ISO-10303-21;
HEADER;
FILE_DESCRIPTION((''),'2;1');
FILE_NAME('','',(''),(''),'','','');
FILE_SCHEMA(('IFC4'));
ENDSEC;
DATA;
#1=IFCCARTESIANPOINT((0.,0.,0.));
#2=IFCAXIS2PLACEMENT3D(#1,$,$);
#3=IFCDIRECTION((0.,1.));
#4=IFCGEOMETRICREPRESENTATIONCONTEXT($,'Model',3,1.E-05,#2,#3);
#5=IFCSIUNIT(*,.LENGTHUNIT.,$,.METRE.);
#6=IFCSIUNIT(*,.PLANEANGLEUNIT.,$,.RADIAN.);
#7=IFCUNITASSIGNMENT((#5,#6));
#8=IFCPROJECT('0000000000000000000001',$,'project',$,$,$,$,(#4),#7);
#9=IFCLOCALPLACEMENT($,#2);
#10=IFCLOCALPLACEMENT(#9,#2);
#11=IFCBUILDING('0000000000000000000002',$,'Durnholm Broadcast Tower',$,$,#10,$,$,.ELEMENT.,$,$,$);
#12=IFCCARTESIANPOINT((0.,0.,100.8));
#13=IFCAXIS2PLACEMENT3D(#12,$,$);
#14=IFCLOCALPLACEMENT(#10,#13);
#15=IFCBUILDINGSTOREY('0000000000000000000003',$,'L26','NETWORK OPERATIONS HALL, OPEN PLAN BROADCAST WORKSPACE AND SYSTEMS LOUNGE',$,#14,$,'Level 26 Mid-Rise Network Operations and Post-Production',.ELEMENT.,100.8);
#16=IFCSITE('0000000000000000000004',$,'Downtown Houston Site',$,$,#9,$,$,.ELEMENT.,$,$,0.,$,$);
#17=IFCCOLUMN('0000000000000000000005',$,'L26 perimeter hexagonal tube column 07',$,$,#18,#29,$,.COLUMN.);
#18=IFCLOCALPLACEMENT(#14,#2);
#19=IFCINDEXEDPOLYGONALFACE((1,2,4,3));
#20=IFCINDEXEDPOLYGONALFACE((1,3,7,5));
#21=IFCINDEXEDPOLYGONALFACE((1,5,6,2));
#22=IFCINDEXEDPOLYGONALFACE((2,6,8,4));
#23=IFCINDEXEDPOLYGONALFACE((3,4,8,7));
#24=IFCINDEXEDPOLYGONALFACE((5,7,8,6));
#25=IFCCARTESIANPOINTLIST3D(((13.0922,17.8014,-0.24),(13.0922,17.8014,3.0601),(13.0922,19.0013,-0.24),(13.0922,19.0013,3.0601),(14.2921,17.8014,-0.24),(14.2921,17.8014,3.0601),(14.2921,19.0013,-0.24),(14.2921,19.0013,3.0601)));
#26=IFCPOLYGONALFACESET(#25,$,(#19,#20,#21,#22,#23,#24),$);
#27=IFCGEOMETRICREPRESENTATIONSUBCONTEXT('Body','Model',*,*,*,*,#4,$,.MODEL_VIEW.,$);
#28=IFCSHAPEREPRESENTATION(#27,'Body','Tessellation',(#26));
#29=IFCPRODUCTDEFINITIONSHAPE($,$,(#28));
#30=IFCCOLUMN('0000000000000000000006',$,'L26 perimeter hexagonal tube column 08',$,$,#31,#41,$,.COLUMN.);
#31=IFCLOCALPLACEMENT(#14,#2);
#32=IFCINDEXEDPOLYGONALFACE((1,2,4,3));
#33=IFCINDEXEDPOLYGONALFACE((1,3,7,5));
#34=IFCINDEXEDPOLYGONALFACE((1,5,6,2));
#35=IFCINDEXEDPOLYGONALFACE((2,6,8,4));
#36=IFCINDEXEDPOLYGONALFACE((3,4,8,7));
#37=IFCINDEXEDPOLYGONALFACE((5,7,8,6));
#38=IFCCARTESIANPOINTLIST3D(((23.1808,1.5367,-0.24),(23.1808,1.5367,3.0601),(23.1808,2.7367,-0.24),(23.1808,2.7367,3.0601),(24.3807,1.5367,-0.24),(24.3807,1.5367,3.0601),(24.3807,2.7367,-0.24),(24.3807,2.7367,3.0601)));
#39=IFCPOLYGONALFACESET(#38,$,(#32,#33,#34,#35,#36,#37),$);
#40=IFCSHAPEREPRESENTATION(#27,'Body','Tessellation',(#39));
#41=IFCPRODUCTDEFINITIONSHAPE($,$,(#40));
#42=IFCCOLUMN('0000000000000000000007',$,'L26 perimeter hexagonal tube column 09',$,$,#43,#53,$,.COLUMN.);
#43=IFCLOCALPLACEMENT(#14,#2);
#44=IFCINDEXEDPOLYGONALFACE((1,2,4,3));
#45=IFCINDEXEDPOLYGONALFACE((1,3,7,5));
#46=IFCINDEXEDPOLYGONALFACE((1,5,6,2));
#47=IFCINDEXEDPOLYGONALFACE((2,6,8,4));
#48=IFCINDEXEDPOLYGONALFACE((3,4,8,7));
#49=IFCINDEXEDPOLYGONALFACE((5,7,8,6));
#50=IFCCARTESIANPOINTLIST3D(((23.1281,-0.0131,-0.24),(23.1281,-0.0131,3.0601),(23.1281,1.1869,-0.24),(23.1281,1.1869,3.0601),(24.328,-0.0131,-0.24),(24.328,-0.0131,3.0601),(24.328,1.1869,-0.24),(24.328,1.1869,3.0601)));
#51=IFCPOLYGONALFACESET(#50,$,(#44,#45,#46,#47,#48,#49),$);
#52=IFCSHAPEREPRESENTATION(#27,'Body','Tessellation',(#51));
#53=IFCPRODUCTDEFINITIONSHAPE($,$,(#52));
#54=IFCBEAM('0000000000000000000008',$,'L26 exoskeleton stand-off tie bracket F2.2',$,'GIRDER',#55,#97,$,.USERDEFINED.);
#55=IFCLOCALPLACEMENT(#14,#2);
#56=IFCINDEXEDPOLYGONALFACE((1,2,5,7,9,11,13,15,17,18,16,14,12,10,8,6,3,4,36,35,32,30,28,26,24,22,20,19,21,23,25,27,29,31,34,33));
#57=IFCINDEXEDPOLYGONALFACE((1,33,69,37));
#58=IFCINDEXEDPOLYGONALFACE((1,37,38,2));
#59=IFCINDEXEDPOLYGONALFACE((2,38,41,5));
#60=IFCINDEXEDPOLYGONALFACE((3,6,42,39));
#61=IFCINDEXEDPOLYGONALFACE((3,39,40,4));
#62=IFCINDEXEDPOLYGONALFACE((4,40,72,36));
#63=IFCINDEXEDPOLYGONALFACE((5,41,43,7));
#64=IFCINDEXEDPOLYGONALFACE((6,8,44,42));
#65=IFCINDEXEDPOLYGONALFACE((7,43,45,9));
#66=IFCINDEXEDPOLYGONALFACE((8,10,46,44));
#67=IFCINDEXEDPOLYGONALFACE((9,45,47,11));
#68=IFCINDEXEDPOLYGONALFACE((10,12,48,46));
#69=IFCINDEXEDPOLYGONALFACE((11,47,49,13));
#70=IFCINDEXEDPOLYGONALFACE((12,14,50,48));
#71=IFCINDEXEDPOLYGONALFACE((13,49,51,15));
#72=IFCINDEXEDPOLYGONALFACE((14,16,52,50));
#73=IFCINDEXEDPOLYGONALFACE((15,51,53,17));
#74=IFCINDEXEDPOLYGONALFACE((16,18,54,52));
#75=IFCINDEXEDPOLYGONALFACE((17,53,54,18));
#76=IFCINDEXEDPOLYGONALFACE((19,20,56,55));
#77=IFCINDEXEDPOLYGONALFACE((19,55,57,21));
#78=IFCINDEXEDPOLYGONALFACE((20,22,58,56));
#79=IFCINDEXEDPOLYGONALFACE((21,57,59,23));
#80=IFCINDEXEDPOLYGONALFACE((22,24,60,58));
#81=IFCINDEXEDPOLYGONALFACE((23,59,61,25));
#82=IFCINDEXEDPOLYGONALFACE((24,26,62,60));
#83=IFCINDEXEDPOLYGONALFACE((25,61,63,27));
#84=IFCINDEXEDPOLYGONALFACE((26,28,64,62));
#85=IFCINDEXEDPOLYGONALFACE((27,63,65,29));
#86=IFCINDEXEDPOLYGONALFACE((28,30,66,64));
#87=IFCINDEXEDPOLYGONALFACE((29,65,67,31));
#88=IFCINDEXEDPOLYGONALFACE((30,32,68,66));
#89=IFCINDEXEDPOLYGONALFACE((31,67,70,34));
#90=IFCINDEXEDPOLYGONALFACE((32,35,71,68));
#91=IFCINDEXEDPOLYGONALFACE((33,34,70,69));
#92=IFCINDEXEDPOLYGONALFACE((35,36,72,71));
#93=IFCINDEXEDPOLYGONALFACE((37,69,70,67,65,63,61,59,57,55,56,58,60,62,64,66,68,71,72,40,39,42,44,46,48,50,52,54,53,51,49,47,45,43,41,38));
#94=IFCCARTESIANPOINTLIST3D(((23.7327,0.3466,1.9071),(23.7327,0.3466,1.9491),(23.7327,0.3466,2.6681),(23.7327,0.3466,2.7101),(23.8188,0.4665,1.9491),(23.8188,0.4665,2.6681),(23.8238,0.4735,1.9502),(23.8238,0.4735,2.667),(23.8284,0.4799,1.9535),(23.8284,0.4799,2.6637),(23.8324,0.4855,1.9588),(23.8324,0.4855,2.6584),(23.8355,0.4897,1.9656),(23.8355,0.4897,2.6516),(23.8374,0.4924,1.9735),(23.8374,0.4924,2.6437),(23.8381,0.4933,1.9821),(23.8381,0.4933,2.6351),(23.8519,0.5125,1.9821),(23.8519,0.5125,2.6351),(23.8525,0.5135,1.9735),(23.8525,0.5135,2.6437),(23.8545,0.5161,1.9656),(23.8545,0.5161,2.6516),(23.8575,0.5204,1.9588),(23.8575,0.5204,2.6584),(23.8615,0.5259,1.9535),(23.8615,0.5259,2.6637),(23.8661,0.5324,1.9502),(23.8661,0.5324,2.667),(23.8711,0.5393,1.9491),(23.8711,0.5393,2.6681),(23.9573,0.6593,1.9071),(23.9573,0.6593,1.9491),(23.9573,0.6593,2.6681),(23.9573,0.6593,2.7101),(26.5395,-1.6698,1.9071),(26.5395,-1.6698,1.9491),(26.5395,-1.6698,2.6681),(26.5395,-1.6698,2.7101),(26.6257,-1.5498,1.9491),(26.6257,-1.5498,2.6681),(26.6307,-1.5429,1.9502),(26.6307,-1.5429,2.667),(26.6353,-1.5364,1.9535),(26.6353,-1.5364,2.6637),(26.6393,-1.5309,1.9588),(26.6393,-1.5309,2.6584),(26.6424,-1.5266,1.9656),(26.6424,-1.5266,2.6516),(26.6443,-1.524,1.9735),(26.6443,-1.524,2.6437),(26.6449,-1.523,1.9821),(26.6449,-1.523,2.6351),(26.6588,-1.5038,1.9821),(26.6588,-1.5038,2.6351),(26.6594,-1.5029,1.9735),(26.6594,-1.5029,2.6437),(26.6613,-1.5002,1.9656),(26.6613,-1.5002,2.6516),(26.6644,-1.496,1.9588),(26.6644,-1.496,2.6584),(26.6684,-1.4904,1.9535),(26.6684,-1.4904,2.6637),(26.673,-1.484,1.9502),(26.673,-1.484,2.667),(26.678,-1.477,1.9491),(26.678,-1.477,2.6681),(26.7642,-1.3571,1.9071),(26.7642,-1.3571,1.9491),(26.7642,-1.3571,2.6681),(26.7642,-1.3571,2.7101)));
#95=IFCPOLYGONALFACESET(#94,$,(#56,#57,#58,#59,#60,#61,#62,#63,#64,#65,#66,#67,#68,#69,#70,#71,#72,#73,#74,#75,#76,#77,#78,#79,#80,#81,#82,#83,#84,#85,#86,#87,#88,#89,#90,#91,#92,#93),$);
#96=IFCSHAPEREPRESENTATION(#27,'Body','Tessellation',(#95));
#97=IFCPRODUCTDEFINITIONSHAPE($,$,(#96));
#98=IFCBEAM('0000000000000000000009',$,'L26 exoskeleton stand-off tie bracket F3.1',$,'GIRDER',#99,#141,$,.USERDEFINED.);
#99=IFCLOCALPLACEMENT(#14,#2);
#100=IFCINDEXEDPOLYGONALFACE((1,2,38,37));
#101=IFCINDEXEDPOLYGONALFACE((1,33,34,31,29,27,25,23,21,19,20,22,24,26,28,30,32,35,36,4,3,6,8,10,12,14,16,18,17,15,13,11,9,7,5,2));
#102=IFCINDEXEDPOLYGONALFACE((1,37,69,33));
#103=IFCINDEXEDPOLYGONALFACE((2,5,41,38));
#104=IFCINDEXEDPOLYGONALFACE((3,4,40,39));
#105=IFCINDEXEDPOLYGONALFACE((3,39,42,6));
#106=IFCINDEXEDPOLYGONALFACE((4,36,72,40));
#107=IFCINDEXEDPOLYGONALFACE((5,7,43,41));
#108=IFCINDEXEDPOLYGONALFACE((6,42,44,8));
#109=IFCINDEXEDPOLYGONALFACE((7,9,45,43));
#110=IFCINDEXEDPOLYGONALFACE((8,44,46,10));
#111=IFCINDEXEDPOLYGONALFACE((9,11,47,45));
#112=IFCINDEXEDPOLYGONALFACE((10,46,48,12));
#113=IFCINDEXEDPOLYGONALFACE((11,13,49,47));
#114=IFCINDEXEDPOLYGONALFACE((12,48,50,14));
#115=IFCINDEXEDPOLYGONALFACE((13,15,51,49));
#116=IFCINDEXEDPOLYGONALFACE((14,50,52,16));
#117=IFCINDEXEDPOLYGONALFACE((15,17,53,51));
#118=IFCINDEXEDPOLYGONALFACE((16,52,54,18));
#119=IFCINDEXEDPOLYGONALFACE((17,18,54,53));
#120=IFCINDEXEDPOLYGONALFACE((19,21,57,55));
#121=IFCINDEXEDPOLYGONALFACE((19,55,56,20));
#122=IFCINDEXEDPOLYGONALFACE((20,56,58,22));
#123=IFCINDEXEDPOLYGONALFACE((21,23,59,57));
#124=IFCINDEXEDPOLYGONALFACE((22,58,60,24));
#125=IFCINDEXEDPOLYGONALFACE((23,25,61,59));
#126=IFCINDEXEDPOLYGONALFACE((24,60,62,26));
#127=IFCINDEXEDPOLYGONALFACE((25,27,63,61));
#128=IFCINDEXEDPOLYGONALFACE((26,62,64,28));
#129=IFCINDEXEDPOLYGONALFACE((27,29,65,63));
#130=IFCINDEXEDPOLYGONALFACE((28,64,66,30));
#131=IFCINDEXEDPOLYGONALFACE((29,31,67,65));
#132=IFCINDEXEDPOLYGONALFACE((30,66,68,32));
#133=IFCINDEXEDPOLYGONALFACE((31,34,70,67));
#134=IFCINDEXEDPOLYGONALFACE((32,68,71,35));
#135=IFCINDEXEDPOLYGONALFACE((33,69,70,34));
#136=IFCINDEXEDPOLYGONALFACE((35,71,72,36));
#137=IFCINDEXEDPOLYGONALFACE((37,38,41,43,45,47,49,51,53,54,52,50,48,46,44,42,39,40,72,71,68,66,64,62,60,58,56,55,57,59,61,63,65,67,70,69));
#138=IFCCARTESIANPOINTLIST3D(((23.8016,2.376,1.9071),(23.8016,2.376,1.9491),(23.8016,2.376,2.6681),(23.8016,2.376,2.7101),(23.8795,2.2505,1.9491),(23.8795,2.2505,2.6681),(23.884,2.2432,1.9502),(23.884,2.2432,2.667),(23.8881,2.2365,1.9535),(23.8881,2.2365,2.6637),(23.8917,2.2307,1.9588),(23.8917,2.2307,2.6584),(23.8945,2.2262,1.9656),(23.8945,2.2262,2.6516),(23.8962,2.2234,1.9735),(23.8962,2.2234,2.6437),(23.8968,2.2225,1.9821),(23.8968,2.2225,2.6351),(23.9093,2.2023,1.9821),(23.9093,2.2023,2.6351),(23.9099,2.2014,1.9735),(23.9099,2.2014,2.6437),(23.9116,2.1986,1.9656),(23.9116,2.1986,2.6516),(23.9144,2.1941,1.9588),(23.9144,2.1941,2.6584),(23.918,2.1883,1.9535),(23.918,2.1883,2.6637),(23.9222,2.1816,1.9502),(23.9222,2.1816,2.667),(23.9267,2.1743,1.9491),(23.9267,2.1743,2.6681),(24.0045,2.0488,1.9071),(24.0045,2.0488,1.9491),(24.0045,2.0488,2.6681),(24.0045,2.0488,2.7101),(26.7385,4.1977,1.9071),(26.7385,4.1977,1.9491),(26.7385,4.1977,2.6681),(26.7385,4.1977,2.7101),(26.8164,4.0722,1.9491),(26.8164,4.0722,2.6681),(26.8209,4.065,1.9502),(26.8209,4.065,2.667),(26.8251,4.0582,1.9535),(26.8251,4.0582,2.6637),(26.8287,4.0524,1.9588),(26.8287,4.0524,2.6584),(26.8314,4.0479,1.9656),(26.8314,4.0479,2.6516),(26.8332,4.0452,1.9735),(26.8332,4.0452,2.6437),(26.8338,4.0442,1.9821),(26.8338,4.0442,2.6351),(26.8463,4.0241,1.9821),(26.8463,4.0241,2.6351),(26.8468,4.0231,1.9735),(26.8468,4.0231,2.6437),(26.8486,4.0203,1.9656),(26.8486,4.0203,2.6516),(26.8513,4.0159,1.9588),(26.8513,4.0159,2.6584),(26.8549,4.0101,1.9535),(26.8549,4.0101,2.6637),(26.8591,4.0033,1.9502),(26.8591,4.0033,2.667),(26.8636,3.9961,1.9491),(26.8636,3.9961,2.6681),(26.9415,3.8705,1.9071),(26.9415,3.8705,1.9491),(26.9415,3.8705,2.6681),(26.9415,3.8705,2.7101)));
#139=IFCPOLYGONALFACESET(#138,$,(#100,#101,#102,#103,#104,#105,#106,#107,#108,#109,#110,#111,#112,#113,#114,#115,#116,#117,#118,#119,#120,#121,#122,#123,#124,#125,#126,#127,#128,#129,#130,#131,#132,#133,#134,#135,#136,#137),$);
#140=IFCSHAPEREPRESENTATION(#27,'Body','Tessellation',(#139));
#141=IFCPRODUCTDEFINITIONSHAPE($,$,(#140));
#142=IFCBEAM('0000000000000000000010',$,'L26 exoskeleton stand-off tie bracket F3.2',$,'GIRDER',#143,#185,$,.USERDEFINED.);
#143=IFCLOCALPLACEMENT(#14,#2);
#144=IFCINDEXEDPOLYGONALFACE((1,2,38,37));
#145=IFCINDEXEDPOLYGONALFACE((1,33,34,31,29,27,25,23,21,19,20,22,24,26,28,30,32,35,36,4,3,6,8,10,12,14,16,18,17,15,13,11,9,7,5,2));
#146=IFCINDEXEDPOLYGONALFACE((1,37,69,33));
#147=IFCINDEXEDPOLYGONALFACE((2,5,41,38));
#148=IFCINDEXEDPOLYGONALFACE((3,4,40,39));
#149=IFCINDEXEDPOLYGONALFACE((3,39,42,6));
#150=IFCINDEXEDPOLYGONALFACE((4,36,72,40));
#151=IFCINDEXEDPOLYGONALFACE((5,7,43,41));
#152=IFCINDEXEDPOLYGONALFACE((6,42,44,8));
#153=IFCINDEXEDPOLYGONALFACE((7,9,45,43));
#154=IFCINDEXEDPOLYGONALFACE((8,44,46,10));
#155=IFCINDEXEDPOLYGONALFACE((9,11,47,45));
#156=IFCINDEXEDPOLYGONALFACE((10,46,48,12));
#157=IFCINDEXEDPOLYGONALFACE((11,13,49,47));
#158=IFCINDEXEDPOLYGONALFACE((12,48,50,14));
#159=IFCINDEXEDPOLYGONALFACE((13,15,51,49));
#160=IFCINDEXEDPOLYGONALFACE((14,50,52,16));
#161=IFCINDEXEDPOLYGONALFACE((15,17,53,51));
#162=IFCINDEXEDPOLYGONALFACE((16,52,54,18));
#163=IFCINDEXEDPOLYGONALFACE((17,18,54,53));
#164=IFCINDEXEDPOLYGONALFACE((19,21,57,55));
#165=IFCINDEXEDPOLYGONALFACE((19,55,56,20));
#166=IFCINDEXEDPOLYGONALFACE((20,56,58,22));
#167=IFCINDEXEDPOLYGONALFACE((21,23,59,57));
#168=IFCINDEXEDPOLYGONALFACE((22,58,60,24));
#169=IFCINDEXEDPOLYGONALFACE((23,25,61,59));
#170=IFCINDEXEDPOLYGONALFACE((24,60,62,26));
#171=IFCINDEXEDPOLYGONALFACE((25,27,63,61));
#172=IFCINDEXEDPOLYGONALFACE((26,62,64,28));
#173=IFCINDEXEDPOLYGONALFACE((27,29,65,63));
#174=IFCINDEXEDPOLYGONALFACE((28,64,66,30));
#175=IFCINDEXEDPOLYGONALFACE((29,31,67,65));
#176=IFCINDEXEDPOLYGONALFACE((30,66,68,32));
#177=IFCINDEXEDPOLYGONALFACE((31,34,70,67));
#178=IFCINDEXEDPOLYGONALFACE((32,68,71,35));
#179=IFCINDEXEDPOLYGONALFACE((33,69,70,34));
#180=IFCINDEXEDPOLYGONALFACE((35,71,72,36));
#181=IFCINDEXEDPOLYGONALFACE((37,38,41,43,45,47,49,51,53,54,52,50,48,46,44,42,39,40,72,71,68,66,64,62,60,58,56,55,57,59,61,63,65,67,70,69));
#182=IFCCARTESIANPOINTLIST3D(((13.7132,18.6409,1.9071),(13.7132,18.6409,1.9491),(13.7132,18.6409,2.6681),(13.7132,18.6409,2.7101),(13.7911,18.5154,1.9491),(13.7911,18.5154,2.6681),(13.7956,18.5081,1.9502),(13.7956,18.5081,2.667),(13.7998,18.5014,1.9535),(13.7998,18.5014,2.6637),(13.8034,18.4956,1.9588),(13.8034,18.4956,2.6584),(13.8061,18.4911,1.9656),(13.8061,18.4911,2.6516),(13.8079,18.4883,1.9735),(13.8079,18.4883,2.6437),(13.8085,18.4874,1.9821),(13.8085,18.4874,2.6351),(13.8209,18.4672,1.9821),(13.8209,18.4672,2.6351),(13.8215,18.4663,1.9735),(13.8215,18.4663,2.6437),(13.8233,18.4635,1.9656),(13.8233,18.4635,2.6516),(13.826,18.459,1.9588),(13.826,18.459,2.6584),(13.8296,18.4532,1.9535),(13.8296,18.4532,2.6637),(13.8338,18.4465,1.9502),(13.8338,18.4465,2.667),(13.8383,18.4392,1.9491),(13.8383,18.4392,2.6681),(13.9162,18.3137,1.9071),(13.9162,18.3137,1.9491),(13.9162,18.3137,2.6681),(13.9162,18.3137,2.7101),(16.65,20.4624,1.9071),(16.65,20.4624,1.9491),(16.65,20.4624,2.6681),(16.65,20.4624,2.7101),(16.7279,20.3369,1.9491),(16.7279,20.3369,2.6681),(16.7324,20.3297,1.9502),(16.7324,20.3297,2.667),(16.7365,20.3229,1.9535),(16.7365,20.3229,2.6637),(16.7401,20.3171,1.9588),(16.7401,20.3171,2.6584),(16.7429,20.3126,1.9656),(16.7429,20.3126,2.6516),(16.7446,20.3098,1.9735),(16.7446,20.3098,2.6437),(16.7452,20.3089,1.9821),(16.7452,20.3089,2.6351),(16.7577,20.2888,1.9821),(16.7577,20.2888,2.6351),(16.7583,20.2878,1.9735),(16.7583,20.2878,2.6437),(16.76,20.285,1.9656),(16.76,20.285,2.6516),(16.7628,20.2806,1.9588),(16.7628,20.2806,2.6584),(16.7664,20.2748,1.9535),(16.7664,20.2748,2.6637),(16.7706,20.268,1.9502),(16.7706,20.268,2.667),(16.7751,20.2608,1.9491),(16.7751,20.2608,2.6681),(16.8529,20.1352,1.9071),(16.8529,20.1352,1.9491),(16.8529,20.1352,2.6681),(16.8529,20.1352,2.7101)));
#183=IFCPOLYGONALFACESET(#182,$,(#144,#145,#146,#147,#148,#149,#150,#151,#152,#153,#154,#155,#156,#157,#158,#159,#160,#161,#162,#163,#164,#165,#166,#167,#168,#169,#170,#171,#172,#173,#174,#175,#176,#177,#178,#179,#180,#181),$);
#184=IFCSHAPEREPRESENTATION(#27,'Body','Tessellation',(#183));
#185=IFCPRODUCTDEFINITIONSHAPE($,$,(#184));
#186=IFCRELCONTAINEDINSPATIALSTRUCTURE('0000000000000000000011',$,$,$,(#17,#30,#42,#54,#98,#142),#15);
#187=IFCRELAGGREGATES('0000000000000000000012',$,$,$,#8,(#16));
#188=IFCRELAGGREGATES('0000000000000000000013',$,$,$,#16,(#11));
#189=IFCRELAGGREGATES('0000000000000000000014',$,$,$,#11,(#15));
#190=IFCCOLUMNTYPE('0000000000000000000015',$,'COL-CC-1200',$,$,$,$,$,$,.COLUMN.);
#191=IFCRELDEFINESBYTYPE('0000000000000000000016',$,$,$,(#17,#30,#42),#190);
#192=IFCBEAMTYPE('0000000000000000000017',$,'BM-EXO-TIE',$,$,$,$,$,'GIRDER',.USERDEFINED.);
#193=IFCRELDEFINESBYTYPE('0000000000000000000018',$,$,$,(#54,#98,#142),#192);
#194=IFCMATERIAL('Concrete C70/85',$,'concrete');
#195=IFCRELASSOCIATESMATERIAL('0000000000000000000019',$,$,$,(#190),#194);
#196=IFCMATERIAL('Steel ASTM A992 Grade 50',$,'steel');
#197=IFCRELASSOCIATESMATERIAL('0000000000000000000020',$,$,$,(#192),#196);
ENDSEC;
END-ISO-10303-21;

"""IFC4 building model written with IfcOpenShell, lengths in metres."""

from ifc_helpers import new_model, si_unit, direction, frame, origin, origin_2d, place, context, subcontext, project, spatial, rectangle, i_section, extrude, source, transform, mapped, material, material_profile, profile_set, type_object, type_shapes, element, save


model = new_model("IFC4")

# Units and contexts
model_context = context("Model", 3, precision=1e-05, world=origin(), true_north=direction((0.0, 1.0)))
body_context = subcontext(model_context, "Body", "Model", "MODEL_VIEW")
ifc_project = project(units=[si_unit("LENGTHUNIT", "METRE"), si_unit("PLANEANGLEUNIT", "RADIAN")], contexts=[model_context])

# Site, building, storey
site_placement = place(None, origin())
site = spatial("IfcSite", under=ifc_project, at=site_placement, Name="Downtown Houston Site", CompositionType="ELEMENT", RefElevation=0.0)
building_placement = place(site_placement, origin())
building = spatial("IfcBuilding", under=site, at=building_placement, Name="Durnholm Broadcast Tower", CompositionType="ELEMENT")
storey_placement = place(building_placement, frame((0.0, 0.0, 100.8)))
storey = spatial("IfcBuildingStorey", under=building, at=storey_placement, Name="L26", Description="NETWORK OPERATIONS HALL, OPEN PLAN BROADCAST WORKSPACE AND SYSTEMS LOUNGE", LongName="Level 26 Mid-Rise Network Operations and Post-Production", CompositionType="ELEMENT", Elevation=100.8)

# Columns
ifc_material_1 = material(Name="Concrete C70/85", Category="concrete")
ifc_material_profile_1 = material_profile(ifc_material_1, rectangle(XDim=1.2, YDim=1.2, at=origin_2d()), Name="RC1200X1200")
ifc_profile_set_1 = profile_set([ifc_material_profile_1], Name="Concrete C70/85")
column_type = type_object("IfcColumnType", Name="COL-CC-1200", PredefinedType="COLUMN", material=ifc_profile_set_1)
shared_shape_1 = source(origin(), body_context, "Body", "SweptSolid", [
    extrude(rectangle(XDim=1.2, YDim=1.2, at=origin_2d()), origin(), (0.0, 0.0, 1.0), 3.3),
])
type_shapes(column_type, [shared_shape_1])
for number, where, z_axis, x_axis, name in (
    (1, (13.6921, 18.4014, -0.24), (0.0, 0.0, 1.0), (1.0, 0.0, 0.0), "L26 perimeter hexagonal tube column 07"),
    (2, (23.7808, 2.1367, -0.24), (0.0, 0.0, 1.0), (1.0, 0.0, 0.0), "L26 perimeter hexagonal tube column 08"),
    (3, (23.728, 0.5869, -0.24), (0.0, 0.0, 1.0), (1.0, 0.0, 0.0), "L26 perimeter hexagonal tube column 09"),
):
    element("IfcColumn", number, at=place(storey_placement, frame(where, z_axis=z_axis, x_axis=x_axis)), inside=storey, type_object=column_type, Name=name, PredefinedType="COLUMN", context=body_context, shape_type="MappedRepresentation", body=[
        mapped(shared_shape_1, transform((0.0, 0.0, 0.0), x_axis=(1.0, 0.0, 0.0), y_axis=(0.0, 1.0, 0.0), z_axis=(0.0, 0.0, 1.0), scale=1.0)),
    ])

# Beams
ifc_material_2 = material(Name="Steel ASTM A992 Grade 50", Category="steel")
ifc_material_profile_2 = material_profile(ifc_material_2, i_section(OverallWidth=0.385, OverallDepth=0.803, WebThickness=0.0237, FlangeThickness=0.042, FilletRadius=0.033, at=origin_2d()), Name="W30X261")
ifc_profile_set_2 = profile_set([ifc_material_profile_2], Name="Steel ASTM A992 Grade 50")
beam_type_1 = type_object("IfcBeamType", Name="BM-EXO-TIE", ElementType="GIRDER", PredefinedType="USERDEFINED", material=ifc_profile_set_2)
shared_shape_2 = source(origin(), body_context, "Body", "SweptSolid", [
    extrude(i_section(OverallWidth=0.385, OverallDepth=0.803, WebThickness=0.0237, FlangeThickness=0.042, FilletRadius=0.033, at=origin_2d()), origin(), (0.0, 0.0, 1.0), 3.4561),
])
for number, where, z_axis, x_axis, name in (
    (4, (23.845, 0.5029, 2.3086), (0.812165, -0.583428, 0.0), (0.583428, 0.812165, 0.0), "L26 exoskeleton stand-off tie bracket F2.2"),
    (5, (23.9031, 2.2124, 2.3086), (0.849795, 0.527113, 0.0), (-0.527113, 0.849795, 0.0), "L26 exoskeleton stand-off tie bracket F3.1"),
):
    element("IfcBeam", number, at=place(storey_placement, frame(where, z_axis=z_axis, x_axis=x_axis)), inside=storey, type_object=beam_type_1, Name=name, ObjectType="GIRDER", PredefinedType="USERDEFINED", context=body_context, shape_type="MappedRepresentation", body=[
        mapped(shared_shape_2, transform((0.0, 0.0, 0.0), x_axis=(1.0, 0.0, 0.0), y_axis=(0.0, 1.0, 0.0), z_axis=(0.0, 0.0, 1.0), scale=1.0)),
    ])
shared_shape_3 = source(origin(), body_context, "Body", "SweptSolid", [
    extrude(i_section(OverallWidth=0.385, OverallDepth=0.803, WebThickness=0.0237, FlangeThickness=0.042, FilletRadius=0.033, at=origin_2d()), origin(), (0.0, 0.0, 1.0), 3.4558),
])
beam_1_placement = place(storey_placement, frame((13.8147, 18.4773, 2.3086), z_axis=(0.849807, 0.527094, 0.0), x_axis=(-0.527094, 0.849807, 0.0)))
element("IfcBeam", 6, at=beam_1_placement, inside=storey, type_object=beam_type_1, Name="L26 exoskeleton stand-off tie bracket F3.2", ObjectType="GIRDER", PredefinedType="USERDEFINED", context=body_context, shape_type="MappedRepresentation", body=[
    mapped(shared_shape_3, transform((0.0, 0.0, 0.0), x_axis=(1.0, 0.0, 0.0), y_axis=(0.0, 1.0, 0.0), z_axis=(0.0, 0.0, 1.0), scale=1.0)),
])

save(model, "model.ifc")
